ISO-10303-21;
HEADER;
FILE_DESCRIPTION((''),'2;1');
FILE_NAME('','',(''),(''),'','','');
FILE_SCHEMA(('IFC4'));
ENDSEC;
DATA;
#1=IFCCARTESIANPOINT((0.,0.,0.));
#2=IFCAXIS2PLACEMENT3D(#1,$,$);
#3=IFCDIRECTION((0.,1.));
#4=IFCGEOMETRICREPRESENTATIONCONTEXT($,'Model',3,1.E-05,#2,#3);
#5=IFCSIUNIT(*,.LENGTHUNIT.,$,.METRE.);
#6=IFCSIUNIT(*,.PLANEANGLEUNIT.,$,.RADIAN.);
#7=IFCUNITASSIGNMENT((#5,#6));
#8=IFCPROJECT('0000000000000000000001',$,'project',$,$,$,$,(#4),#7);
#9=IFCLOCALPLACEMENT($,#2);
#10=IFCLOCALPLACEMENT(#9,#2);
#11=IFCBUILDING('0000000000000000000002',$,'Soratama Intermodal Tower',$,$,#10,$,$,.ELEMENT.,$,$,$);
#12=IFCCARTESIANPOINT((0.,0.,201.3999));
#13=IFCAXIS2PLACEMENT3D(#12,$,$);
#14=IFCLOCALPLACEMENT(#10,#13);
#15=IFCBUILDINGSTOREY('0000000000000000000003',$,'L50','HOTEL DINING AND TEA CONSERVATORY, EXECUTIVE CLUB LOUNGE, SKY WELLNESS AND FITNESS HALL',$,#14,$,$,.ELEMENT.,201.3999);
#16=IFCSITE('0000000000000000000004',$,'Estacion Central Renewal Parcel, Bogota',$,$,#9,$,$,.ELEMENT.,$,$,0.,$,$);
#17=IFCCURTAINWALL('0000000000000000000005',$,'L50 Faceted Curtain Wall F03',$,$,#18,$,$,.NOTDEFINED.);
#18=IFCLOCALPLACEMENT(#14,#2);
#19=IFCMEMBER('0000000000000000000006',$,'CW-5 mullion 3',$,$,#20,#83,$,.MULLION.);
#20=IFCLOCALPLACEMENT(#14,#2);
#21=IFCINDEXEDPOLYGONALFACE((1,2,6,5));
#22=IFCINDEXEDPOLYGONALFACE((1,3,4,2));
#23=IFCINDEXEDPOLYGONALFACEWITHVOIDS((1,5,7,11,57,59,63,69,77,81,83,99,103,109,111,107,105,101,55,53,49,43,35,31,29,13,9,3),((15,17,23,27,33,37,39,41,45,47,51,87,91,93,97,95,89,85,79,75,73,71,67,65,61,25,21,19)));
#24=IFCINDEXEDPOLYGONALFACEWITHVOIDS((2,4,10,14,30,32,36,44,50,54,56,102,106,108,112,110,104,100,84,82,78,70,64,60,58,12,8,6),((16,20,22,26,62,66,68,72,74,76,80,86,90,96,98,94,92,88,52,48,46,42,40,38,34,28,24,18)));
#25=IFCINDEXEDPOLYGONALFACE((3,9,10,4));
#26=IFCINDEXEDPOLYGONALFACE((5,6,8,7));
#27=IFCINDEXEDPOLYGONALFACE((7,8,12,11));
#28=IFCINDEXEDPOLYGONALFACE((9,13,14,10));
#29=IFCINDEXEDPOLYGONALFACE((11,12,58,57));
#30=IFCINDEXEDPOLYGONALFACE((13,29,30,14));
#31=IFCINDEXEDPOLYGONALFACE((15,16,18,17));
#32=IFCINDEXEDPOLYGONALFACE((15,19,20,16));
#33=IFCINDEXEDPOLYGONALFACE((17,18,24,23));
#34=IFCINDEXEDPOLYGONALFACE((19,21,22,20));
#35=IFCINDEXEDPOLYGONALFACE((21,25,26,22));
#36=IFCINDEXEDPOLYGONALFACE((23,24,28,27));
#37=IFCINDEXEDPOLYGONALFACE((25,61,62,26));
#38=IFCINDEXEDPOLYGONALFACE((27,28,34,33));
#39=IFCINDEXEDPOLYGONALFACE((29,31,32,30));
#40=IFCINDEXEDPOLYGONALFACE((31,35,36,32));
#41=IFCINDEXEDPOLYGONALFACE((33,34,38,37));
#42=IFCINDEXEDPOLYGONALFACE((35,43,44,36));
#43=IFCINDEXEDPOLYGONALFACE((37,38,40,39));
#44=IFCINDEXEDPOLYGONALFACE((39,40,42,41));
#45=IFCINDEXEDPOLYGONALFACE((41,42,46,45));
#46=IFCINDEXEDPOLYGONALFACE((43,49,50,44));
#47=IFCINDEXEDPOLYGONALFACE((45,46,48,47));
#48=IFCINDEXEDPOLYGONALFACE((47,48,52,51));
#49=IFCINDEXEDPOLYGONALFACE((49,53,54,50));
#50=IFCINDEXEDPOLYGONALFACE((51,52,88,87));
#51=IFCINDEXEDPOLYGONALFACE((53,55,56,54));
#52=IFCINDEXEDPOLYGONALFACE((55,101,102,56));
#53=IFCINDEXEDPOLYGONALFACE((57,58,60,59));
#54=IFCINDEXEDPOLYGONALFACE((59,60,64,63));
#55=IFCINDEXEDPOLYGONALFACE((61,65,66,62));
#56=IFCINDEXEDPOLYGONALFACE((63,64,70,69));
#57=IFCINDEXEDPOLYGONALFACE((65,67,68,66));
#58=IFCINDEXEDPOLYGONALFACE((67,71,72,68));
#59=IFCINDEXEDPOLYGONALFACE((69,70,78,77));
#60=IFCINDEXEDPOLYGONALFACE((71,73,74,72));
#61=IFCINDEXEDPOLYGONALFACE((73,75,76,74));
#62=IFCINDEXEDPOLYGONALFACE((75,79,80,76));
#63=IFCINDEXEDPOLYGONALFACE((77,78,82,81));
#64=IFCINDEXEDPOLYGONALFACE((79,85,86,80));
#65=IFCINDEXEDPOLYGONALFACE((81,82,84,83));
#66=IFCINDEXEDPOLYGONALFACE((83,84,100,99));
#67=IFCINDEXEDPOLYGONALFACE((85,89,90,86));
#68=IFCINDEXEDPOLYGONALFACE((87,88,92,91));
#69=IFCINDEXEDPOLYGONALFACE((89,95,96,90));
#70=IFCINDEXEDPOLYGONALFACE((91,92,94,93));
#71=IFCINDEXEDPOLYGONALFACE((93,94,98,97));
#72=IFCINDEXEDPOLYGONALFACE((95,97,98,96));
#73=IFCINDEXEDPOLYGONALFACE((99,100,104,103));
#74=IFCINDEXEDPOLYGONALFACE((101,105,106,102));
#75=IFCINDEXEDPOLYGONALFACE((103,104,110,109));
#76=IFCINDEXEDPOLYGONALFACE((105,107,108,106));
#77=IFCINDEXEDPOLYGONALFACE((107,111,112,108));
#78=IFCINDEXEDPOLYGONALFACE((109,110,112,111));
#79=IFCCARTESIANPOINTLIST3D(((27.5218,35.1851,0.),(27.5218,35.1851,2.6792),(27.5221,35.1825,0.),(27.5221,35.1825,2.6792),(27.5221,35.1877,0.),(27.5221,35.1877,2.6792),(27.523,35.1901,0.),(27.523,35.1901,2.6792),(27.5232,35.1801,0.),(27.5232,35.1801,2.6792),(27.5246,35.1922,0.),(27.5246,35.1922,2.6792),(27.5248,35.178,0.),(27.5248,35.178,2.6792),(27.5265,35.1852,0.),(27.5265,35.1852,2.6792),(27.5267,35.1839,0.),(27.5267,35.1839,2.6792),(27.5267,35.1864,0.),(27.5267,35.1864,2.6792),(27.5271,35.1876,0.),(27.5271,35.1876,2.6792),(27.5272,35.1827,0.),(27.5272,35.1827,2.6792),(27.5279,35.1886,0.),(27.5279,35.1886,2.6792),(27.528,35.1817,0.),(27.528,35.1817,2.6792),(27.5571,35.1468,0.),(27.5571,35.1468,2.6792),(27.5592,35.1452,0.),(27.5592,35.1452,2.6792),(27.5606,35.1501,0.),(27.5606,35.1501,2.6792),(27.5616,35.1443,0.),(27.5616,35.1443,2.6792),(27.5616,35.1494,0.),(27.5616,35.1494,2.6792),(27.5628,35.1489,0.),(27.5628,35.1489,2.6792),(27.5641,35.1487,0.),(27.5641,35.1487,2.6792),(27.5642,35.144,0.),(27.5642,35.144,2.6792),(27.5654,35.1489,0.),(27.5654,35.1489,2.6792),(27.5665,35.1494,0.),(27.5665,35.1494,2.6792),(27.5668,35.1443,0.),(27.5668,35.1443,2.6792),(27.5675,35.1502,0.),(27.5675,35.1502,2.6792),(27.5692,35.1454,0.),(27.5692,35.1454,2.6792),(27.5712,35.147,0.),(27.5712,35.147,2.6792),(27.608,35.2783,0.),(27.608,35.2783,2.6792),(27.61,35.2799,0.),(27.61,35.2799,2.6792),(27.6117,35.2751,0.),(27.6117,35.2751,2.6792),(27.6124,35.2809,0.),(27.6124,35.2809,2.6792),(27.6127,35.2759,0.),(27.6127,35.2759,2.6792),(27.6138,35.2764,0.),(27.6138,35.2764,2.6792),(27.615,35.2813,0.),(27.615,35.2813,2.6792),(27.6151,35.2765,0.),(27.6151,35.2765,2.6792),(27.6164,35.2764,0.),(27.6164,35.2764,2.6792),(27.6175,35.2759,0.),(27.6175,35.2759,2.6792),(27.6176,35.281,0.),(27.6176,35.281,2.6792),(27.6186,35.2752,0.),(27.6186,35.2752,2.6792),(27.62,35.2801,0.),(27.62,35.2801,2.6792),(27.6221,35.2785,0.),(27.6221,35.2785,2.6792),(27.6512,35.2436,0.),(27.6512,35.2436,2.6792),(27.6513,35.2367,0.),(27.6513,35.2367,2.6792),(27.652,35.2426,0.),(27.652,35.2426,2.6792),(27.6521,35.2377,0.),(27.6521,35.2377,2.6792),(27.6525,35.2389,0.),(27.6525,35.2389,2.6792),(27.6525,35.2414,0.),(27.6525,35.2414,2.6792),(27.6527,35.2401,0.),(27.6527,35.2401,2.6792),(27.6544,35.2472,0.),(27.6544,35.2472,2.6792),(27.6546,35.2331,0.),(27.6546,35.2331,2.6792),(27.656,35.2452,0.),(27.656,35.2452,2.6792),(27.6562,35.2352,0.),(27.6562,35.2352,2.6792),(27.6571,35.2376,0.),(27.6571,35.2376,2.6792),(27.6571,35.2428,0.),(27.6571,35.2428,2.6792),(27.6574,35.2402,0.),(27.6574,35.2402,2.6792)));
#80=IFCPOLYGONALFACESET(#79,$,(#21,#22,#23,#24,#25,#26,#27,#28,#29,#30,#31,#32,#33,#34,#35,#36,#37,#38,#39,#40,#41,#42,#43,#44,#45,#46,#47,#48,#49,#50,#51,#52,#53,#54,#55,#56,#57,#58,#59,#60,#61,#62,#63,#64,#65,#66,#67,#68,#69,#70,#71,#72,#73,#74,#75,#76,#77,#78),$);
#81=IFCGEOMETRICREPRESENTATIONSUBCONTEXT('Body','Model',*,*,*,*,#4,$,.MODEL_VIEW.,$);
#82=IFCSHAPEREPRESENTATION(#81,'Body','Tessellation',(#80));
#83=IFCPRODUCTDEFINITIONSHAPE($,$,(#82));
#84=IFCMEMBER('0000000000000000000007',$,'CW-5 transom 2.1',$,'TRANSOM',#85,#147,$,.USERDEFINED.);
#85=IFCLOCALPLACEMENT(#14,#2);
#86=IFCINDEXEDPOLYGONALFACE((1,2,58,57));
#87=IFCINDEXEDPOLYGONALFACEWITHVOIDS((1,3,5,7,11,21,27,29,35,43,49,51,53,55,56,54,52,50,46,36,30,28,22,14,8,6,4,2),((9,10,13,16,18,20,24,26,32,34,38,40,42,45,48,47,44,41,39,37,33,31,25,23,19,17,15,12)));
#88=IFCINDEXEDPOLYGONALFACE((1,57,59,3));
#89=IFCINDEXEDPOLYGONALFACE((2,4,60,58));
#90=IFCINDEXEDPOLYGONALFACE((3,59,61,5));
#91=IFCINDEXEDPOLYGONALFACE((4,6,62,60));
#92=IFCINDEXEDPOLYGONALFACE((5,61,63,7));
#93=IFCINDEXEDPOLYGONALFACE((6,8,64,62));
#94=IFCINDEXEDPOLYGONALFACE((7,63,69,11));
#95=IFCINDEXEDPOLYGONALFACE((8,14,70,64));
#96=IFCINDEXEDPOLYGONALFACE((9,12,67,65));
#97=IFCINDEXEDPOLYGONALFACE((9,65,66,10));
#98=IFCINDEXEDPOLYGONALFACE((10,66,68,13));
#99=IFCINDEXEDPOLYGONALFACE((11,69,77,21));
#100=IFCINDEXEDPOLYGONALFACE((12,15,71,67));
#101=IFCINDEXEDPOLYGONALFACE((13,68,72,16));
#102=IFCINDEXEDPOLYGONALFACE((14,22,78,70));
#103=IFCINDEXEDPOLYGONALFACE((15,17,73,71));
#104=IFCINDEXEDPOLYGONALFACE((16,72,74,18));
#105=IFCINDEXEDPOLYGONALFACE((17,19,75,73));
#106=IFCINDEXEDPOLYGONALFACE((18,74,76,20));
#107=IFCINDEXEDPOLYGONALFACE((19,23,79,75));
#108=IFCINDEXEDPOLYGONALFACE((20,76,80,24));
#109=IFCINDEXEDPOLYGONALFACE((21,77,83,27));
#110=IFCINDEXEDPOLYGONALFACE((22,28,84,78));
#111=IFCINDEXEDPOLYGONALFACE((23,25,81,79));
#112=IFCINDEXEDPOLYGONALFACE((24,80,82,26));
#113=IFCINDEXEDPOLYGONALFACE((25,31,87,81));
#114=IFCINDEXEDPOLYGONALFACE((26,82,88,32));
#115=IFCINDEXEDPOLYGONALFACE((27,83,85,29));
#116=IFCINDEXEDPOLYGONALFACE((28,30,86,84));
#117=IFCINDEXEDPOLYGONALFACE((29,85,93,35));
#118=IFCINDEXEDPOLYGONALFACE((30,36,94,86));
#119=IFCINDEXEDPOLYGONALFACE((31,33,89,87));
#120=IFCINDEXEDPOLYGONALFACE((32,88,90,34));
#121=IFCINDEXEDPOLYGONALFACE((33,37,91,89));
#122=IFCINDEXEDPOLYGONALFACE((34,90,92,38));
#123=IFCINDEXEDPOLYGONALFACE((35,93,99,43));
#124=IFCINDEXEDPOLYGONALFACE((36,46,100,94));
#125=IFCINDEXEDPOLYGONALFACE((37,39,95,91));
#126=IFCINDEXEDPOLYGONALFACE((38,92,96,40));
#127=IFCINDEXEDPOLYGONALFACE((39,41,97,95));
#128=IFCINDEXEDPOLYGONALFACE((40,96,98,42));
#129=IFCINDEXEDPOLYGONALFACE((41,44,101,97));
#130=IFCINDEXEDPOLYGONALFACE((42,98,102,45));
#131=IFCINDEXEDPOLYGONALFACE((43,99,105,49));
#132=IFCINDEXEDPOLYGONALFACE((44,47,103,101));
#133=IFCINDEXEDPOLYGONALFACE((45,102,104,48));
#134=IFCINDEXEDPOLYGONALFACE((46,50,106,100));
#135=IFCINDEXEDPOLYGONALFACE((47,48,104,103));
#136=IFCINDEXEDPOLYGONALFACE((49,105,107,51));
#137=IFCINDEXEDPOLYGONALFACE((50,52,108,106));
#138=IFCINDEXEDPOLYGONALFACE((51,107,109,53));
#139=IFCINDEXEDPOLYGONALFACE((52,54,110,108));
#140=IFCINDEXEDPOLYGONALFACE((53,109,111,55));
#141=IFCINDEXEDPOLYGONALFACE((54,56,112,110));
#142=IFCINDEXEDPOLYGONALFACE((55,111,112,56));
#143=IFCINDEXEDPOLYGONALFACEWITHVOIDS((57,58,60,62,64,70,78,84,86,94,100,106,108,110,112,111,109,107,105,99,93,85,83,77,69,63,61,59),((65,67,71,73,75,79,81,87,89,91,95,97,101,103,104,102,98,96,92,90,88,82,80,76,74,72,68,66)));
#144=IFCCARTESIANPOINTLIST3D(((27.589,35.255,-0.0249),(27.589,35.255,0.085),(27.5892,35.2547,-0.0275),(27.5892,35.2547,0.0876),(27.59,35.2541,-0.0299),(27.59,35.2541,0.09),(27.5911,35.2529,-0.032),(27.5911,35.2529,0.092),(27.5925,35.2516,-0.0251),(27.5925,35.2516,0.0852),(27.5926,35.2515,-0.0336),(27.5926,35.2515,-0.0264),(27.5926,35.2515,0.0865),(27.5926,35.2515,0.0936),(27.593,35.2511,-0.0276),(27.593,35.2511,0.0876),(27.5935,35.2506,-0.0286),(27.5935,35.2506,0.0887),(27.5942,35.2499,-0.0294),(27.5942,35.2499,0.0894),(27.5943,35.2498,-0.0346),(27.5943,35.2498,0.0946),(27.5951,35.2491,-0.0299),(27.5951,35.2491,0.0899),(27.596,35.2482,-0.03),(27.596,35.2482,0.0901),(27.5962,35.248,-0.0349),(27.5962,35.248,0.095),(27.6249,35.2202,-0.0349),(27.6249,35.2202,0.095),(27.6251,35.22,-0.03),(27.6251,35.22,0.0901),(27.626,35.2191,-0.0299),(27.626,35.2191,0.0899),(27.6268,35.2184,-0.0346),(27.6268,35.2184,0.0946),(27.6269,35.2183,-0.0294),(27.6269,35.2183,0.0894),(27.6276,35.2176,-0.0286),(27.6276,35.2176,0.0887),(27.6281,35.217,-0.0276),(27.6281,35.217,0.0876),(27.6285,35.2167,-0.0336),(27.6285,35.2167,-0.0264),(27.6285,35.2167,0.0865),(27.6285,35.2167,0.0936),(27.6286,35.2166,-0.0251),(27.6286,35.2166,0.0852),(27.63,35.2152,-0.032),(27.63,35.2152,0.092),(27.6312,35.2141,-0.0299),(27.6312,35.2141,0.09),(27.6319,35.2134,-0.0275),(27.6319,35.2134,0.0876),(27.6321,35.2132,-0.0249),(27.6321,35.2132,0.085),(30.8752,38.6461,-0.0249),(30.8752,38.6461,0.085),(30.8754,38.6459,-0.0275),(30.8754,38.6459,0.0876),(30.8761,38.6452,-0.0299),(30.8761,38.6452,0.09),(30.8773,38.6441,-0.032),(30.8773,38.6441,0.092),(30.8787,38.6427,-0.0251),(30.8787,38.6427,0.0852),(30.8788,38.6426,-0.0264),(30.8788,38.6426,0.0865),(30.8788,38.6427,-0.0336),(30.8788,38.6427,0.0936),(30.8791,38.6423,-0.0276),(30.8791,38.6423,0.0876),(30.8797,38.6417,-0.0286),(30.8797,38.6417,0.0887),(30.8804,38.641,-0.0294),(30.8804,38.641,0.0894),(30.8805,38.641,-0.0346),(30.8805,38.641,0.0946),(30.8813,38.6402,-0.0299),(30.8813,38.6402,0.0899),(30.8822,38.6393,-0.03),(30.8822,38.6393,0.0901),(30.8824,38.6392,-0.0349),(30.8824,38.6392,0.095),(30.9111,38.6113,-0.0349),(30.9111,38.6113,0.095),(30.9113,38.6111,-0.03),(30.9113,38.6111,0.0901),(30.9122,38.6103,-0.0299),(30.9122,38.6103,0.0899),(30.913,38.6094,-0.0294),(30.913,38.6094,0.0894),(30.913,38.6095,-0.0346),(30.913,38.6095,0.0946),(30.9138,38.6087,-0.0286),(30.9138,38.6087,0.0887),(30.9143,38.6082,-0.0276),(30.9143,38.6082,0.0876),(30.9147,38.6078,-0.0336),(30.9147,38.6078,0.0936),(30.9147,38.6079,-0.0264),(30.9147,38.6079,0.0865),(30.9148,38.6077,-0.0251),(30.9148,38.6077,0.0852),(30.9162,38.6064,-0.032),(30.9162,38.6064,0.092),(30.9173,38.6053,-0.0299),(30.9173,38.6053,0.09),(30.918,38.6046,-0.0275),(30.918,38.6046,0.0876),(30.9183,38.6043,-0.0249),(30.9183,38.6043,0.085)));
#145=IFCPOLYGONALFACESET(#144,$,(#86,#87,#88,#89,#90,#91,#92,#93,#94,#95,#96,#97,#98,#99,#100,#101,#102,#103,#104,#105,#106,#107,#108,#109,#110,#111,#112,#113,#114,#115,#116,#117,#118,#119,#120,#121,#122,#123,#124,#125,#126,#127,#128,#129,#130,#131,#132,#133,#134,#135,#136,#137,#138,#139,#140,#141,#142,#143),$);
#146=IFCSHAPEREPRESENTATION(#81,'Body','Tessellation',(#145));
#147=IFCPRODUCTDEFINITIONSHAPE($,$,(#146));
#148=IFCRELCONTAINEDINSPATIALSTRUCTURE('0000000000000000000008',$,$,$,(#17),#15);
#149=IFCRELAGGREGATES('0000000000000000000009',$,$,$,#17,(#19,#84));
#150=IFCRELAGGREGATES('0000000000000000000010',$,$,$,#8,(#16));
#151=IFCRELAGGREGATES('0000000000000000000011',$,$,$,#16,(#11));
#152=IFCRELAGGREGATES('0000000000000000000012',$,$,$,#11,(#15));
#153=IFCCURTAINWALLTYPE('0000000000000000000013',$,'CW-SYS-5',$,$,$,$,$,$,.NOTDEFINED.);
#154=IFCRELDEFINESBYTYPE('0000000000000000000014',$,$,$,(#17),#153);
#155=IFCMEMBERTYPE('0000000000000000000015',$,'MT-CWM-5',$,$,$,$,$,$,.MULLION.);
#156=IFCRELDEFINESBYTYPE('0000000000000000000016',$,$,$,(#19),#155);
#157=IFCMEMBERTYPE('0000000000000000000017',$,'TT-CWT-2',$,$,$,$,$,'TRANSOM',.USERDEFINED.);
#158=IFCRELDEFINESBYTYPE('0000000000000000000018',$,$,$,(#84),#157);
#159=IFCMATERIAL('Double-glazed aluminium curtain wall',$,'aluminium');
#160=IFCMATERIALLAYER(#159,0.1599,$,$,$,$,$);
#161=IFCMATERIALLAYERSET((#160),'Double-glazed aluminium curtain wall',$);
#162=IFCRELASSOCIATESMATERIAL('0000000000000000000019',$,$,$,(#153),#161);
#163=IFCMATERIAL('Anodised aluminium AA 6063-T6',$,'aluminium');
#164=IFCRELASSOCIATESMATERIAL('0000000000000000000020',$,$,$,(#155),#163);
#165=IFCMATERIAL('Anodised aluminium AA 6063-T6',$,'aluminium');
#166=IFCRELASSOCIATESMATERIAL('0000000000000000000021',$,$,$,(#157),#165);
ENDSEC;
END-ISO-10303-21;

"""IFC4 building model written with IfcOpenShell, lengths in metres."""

from ifc_helpers import new_model, si_unit, direction, frame, origin, origin_2d, place, context, subcontext, project, spatial, hollow_rectangle, extrude, material, layer, layer_set, material_profile, profile_set, type_object, element, aggregate, save


model = new_model("IFC4")

# Units and contexts
model_context = context("Model", 3, precision=1e-05, world=origin(), true_north=direction((0.0, 1.0)))
body_context = subcontext(model_context, "Body", "Model", "MODEL_VIEW")
ifc_project = project(units=[si_unit("LENGTHUNIT", "METRE"), si_unit("PLANEANGLEUNIT", "RADIAN")], contexts=[model_context])

# Site, building, storey
site_placement = place(None, origin())
site = spatial("IfcSite", under=ifc_project, at=site_placement, Name="Estacion Central Renewal Parcel, Bogota", CompositionType="ELEMENT", RefElevation=0.0)
building_placement = place(site_placement, origin())
building = spatial("IfcBuilding", under=site, at=building_placement, Name="Soratama Intermodal Tower", CompositionType="ELEMENT")
storey_placement = place(building_placement, frame((0.0, 0.0, 201.3999)))
storey = spatial("IfcBuildingStorey", under=building, at=storey_placement, Name="L50", Description="HOTEL DINING AND TEA CONSERVATORY, EXECUTIVE CLUB LOUNGE, SKY WELLNESS AND FITNESS HALL", CompositionType="ELEMENT", Elevation=201.3999)

# Curtain wall, members
ifc_material_1 = material(Name="Double-glazed aluminium curtain wall", Category="aluminium")
ifc_layer_1 = layer(ifc_material_1, 0.1599)
ifc_layer_set_1 = layer_set([ifc_layer_1], Name="Double-glazed aluminium curtain wall")
curtain_wall_type = type_object("IfcCurtainWallType", Name="CW-SYS-5", PredefinedType="NOTDEFINED", material=ifc_layer_set_1)
curtain_wall_placement = place(storey_placement, origin())
curtain_wall = element("IfcCurtainWall", 1, at=curtain_wall_placement, inside=storey, type_object=curtain_wall_type, Name="L50 Faceted Curtain Wall F03", PredefinedType="NOTDEFINED")
ifc_material_2 = material(Name="Anodised aluminium AA 6063-T6", Category="aluminium")
ifc_material_profile_1 = material_profile(ifc_material_2, hollow_rectangle(XDim=0.0649, YDim=0.1399, WallThickness=0.0049, InnerFilletRadius=0.0049, OuterFilletRadius=0.01, at=origin_2d()), Name="CWM140X65X5")
ifc_profile_set_1 = profile_set([ifc_material_profile_1], Name="Anodised aluminium AA 6063-T6")
member_type_1 = type_object("IfcMemberType", Name="MT-CWM-5", PredefinedType="MULLION", material=ifc_profile_set_1)
member_1_placement = place(storey_placement, frame((27.5896, 35.2126, 0.0), z_axis=(0.0, 0.0, 1.0), x_axis=(0.718127, -0.695912, 0.0)))
member_1 = element("IfcMember", 2, at=member_1_placement, type_object=member_type_1, Name="CW-5 mullion 3", PredefinedType="MULLION", context=body_context, shape_type="SweptSolid", body=[
    extrude(hollow_rectangle(XDim=0.0649, YDim=0.1399, WallThickness=0.0049, InnerFilletRadius=0.0049, OuterFilletRadius=0.01, at=origin_2d()), origin(), (0.0, 0.0, 1.0), 2.6792),
])
ifc_material_3 = material(Name="Anodised aluminium AA 6063-T6", Category="aluminium")
ifc_material_profile_2 = material_profile(ifc_material_3, hollow_rectangle(XDim=0.0601, YDim=0.1299, WallThickness=0.0049, InnerFilletRadius=0.0049, OuterFilletRadius=0.01, at=origin_2d()), Name="CWT130X60X5")
ifc_profile_set_2 = profile_set([ifc_material_profile_2], Name="Anodised aluminium AA 6063-T6")
member_type_2 = type_object("IfcMemberType", Name="TT-CWT-2", ElementType="TRANSOM", PredefinedType="USERDEFINED", material=ifc_profile_set_2)
member_2_placement = place(storey_placement, frame((30.8967, 38.6252, 0.03), z_axis=(-0.695904, -0.718135, 0.0), x_axis=(0.718135, -0.695904, 0.0)))
member_2 = element("IfcMember", 3, at=member_2_placement, type_object=member_type_2, Name="CW-5 transom 2.1", ObjectType="TRANSOM", PredefinedType="USERDEFINED", context=body_context, shape_type="SweptSolid", body=[
    extrude(hollow_rectangle(XDim=0.0601, YDim=0.1299, WallThickness=0.0049, InnerFilletRadius=0.0049, OuterFilletRadius=0.01, at=origin_2d()), origin(), (0.0, 0.0, 1.0), 4.7222),
])
aggregate(curtain_wall, [member_1, member_2])

save(model, "model.ifc")
